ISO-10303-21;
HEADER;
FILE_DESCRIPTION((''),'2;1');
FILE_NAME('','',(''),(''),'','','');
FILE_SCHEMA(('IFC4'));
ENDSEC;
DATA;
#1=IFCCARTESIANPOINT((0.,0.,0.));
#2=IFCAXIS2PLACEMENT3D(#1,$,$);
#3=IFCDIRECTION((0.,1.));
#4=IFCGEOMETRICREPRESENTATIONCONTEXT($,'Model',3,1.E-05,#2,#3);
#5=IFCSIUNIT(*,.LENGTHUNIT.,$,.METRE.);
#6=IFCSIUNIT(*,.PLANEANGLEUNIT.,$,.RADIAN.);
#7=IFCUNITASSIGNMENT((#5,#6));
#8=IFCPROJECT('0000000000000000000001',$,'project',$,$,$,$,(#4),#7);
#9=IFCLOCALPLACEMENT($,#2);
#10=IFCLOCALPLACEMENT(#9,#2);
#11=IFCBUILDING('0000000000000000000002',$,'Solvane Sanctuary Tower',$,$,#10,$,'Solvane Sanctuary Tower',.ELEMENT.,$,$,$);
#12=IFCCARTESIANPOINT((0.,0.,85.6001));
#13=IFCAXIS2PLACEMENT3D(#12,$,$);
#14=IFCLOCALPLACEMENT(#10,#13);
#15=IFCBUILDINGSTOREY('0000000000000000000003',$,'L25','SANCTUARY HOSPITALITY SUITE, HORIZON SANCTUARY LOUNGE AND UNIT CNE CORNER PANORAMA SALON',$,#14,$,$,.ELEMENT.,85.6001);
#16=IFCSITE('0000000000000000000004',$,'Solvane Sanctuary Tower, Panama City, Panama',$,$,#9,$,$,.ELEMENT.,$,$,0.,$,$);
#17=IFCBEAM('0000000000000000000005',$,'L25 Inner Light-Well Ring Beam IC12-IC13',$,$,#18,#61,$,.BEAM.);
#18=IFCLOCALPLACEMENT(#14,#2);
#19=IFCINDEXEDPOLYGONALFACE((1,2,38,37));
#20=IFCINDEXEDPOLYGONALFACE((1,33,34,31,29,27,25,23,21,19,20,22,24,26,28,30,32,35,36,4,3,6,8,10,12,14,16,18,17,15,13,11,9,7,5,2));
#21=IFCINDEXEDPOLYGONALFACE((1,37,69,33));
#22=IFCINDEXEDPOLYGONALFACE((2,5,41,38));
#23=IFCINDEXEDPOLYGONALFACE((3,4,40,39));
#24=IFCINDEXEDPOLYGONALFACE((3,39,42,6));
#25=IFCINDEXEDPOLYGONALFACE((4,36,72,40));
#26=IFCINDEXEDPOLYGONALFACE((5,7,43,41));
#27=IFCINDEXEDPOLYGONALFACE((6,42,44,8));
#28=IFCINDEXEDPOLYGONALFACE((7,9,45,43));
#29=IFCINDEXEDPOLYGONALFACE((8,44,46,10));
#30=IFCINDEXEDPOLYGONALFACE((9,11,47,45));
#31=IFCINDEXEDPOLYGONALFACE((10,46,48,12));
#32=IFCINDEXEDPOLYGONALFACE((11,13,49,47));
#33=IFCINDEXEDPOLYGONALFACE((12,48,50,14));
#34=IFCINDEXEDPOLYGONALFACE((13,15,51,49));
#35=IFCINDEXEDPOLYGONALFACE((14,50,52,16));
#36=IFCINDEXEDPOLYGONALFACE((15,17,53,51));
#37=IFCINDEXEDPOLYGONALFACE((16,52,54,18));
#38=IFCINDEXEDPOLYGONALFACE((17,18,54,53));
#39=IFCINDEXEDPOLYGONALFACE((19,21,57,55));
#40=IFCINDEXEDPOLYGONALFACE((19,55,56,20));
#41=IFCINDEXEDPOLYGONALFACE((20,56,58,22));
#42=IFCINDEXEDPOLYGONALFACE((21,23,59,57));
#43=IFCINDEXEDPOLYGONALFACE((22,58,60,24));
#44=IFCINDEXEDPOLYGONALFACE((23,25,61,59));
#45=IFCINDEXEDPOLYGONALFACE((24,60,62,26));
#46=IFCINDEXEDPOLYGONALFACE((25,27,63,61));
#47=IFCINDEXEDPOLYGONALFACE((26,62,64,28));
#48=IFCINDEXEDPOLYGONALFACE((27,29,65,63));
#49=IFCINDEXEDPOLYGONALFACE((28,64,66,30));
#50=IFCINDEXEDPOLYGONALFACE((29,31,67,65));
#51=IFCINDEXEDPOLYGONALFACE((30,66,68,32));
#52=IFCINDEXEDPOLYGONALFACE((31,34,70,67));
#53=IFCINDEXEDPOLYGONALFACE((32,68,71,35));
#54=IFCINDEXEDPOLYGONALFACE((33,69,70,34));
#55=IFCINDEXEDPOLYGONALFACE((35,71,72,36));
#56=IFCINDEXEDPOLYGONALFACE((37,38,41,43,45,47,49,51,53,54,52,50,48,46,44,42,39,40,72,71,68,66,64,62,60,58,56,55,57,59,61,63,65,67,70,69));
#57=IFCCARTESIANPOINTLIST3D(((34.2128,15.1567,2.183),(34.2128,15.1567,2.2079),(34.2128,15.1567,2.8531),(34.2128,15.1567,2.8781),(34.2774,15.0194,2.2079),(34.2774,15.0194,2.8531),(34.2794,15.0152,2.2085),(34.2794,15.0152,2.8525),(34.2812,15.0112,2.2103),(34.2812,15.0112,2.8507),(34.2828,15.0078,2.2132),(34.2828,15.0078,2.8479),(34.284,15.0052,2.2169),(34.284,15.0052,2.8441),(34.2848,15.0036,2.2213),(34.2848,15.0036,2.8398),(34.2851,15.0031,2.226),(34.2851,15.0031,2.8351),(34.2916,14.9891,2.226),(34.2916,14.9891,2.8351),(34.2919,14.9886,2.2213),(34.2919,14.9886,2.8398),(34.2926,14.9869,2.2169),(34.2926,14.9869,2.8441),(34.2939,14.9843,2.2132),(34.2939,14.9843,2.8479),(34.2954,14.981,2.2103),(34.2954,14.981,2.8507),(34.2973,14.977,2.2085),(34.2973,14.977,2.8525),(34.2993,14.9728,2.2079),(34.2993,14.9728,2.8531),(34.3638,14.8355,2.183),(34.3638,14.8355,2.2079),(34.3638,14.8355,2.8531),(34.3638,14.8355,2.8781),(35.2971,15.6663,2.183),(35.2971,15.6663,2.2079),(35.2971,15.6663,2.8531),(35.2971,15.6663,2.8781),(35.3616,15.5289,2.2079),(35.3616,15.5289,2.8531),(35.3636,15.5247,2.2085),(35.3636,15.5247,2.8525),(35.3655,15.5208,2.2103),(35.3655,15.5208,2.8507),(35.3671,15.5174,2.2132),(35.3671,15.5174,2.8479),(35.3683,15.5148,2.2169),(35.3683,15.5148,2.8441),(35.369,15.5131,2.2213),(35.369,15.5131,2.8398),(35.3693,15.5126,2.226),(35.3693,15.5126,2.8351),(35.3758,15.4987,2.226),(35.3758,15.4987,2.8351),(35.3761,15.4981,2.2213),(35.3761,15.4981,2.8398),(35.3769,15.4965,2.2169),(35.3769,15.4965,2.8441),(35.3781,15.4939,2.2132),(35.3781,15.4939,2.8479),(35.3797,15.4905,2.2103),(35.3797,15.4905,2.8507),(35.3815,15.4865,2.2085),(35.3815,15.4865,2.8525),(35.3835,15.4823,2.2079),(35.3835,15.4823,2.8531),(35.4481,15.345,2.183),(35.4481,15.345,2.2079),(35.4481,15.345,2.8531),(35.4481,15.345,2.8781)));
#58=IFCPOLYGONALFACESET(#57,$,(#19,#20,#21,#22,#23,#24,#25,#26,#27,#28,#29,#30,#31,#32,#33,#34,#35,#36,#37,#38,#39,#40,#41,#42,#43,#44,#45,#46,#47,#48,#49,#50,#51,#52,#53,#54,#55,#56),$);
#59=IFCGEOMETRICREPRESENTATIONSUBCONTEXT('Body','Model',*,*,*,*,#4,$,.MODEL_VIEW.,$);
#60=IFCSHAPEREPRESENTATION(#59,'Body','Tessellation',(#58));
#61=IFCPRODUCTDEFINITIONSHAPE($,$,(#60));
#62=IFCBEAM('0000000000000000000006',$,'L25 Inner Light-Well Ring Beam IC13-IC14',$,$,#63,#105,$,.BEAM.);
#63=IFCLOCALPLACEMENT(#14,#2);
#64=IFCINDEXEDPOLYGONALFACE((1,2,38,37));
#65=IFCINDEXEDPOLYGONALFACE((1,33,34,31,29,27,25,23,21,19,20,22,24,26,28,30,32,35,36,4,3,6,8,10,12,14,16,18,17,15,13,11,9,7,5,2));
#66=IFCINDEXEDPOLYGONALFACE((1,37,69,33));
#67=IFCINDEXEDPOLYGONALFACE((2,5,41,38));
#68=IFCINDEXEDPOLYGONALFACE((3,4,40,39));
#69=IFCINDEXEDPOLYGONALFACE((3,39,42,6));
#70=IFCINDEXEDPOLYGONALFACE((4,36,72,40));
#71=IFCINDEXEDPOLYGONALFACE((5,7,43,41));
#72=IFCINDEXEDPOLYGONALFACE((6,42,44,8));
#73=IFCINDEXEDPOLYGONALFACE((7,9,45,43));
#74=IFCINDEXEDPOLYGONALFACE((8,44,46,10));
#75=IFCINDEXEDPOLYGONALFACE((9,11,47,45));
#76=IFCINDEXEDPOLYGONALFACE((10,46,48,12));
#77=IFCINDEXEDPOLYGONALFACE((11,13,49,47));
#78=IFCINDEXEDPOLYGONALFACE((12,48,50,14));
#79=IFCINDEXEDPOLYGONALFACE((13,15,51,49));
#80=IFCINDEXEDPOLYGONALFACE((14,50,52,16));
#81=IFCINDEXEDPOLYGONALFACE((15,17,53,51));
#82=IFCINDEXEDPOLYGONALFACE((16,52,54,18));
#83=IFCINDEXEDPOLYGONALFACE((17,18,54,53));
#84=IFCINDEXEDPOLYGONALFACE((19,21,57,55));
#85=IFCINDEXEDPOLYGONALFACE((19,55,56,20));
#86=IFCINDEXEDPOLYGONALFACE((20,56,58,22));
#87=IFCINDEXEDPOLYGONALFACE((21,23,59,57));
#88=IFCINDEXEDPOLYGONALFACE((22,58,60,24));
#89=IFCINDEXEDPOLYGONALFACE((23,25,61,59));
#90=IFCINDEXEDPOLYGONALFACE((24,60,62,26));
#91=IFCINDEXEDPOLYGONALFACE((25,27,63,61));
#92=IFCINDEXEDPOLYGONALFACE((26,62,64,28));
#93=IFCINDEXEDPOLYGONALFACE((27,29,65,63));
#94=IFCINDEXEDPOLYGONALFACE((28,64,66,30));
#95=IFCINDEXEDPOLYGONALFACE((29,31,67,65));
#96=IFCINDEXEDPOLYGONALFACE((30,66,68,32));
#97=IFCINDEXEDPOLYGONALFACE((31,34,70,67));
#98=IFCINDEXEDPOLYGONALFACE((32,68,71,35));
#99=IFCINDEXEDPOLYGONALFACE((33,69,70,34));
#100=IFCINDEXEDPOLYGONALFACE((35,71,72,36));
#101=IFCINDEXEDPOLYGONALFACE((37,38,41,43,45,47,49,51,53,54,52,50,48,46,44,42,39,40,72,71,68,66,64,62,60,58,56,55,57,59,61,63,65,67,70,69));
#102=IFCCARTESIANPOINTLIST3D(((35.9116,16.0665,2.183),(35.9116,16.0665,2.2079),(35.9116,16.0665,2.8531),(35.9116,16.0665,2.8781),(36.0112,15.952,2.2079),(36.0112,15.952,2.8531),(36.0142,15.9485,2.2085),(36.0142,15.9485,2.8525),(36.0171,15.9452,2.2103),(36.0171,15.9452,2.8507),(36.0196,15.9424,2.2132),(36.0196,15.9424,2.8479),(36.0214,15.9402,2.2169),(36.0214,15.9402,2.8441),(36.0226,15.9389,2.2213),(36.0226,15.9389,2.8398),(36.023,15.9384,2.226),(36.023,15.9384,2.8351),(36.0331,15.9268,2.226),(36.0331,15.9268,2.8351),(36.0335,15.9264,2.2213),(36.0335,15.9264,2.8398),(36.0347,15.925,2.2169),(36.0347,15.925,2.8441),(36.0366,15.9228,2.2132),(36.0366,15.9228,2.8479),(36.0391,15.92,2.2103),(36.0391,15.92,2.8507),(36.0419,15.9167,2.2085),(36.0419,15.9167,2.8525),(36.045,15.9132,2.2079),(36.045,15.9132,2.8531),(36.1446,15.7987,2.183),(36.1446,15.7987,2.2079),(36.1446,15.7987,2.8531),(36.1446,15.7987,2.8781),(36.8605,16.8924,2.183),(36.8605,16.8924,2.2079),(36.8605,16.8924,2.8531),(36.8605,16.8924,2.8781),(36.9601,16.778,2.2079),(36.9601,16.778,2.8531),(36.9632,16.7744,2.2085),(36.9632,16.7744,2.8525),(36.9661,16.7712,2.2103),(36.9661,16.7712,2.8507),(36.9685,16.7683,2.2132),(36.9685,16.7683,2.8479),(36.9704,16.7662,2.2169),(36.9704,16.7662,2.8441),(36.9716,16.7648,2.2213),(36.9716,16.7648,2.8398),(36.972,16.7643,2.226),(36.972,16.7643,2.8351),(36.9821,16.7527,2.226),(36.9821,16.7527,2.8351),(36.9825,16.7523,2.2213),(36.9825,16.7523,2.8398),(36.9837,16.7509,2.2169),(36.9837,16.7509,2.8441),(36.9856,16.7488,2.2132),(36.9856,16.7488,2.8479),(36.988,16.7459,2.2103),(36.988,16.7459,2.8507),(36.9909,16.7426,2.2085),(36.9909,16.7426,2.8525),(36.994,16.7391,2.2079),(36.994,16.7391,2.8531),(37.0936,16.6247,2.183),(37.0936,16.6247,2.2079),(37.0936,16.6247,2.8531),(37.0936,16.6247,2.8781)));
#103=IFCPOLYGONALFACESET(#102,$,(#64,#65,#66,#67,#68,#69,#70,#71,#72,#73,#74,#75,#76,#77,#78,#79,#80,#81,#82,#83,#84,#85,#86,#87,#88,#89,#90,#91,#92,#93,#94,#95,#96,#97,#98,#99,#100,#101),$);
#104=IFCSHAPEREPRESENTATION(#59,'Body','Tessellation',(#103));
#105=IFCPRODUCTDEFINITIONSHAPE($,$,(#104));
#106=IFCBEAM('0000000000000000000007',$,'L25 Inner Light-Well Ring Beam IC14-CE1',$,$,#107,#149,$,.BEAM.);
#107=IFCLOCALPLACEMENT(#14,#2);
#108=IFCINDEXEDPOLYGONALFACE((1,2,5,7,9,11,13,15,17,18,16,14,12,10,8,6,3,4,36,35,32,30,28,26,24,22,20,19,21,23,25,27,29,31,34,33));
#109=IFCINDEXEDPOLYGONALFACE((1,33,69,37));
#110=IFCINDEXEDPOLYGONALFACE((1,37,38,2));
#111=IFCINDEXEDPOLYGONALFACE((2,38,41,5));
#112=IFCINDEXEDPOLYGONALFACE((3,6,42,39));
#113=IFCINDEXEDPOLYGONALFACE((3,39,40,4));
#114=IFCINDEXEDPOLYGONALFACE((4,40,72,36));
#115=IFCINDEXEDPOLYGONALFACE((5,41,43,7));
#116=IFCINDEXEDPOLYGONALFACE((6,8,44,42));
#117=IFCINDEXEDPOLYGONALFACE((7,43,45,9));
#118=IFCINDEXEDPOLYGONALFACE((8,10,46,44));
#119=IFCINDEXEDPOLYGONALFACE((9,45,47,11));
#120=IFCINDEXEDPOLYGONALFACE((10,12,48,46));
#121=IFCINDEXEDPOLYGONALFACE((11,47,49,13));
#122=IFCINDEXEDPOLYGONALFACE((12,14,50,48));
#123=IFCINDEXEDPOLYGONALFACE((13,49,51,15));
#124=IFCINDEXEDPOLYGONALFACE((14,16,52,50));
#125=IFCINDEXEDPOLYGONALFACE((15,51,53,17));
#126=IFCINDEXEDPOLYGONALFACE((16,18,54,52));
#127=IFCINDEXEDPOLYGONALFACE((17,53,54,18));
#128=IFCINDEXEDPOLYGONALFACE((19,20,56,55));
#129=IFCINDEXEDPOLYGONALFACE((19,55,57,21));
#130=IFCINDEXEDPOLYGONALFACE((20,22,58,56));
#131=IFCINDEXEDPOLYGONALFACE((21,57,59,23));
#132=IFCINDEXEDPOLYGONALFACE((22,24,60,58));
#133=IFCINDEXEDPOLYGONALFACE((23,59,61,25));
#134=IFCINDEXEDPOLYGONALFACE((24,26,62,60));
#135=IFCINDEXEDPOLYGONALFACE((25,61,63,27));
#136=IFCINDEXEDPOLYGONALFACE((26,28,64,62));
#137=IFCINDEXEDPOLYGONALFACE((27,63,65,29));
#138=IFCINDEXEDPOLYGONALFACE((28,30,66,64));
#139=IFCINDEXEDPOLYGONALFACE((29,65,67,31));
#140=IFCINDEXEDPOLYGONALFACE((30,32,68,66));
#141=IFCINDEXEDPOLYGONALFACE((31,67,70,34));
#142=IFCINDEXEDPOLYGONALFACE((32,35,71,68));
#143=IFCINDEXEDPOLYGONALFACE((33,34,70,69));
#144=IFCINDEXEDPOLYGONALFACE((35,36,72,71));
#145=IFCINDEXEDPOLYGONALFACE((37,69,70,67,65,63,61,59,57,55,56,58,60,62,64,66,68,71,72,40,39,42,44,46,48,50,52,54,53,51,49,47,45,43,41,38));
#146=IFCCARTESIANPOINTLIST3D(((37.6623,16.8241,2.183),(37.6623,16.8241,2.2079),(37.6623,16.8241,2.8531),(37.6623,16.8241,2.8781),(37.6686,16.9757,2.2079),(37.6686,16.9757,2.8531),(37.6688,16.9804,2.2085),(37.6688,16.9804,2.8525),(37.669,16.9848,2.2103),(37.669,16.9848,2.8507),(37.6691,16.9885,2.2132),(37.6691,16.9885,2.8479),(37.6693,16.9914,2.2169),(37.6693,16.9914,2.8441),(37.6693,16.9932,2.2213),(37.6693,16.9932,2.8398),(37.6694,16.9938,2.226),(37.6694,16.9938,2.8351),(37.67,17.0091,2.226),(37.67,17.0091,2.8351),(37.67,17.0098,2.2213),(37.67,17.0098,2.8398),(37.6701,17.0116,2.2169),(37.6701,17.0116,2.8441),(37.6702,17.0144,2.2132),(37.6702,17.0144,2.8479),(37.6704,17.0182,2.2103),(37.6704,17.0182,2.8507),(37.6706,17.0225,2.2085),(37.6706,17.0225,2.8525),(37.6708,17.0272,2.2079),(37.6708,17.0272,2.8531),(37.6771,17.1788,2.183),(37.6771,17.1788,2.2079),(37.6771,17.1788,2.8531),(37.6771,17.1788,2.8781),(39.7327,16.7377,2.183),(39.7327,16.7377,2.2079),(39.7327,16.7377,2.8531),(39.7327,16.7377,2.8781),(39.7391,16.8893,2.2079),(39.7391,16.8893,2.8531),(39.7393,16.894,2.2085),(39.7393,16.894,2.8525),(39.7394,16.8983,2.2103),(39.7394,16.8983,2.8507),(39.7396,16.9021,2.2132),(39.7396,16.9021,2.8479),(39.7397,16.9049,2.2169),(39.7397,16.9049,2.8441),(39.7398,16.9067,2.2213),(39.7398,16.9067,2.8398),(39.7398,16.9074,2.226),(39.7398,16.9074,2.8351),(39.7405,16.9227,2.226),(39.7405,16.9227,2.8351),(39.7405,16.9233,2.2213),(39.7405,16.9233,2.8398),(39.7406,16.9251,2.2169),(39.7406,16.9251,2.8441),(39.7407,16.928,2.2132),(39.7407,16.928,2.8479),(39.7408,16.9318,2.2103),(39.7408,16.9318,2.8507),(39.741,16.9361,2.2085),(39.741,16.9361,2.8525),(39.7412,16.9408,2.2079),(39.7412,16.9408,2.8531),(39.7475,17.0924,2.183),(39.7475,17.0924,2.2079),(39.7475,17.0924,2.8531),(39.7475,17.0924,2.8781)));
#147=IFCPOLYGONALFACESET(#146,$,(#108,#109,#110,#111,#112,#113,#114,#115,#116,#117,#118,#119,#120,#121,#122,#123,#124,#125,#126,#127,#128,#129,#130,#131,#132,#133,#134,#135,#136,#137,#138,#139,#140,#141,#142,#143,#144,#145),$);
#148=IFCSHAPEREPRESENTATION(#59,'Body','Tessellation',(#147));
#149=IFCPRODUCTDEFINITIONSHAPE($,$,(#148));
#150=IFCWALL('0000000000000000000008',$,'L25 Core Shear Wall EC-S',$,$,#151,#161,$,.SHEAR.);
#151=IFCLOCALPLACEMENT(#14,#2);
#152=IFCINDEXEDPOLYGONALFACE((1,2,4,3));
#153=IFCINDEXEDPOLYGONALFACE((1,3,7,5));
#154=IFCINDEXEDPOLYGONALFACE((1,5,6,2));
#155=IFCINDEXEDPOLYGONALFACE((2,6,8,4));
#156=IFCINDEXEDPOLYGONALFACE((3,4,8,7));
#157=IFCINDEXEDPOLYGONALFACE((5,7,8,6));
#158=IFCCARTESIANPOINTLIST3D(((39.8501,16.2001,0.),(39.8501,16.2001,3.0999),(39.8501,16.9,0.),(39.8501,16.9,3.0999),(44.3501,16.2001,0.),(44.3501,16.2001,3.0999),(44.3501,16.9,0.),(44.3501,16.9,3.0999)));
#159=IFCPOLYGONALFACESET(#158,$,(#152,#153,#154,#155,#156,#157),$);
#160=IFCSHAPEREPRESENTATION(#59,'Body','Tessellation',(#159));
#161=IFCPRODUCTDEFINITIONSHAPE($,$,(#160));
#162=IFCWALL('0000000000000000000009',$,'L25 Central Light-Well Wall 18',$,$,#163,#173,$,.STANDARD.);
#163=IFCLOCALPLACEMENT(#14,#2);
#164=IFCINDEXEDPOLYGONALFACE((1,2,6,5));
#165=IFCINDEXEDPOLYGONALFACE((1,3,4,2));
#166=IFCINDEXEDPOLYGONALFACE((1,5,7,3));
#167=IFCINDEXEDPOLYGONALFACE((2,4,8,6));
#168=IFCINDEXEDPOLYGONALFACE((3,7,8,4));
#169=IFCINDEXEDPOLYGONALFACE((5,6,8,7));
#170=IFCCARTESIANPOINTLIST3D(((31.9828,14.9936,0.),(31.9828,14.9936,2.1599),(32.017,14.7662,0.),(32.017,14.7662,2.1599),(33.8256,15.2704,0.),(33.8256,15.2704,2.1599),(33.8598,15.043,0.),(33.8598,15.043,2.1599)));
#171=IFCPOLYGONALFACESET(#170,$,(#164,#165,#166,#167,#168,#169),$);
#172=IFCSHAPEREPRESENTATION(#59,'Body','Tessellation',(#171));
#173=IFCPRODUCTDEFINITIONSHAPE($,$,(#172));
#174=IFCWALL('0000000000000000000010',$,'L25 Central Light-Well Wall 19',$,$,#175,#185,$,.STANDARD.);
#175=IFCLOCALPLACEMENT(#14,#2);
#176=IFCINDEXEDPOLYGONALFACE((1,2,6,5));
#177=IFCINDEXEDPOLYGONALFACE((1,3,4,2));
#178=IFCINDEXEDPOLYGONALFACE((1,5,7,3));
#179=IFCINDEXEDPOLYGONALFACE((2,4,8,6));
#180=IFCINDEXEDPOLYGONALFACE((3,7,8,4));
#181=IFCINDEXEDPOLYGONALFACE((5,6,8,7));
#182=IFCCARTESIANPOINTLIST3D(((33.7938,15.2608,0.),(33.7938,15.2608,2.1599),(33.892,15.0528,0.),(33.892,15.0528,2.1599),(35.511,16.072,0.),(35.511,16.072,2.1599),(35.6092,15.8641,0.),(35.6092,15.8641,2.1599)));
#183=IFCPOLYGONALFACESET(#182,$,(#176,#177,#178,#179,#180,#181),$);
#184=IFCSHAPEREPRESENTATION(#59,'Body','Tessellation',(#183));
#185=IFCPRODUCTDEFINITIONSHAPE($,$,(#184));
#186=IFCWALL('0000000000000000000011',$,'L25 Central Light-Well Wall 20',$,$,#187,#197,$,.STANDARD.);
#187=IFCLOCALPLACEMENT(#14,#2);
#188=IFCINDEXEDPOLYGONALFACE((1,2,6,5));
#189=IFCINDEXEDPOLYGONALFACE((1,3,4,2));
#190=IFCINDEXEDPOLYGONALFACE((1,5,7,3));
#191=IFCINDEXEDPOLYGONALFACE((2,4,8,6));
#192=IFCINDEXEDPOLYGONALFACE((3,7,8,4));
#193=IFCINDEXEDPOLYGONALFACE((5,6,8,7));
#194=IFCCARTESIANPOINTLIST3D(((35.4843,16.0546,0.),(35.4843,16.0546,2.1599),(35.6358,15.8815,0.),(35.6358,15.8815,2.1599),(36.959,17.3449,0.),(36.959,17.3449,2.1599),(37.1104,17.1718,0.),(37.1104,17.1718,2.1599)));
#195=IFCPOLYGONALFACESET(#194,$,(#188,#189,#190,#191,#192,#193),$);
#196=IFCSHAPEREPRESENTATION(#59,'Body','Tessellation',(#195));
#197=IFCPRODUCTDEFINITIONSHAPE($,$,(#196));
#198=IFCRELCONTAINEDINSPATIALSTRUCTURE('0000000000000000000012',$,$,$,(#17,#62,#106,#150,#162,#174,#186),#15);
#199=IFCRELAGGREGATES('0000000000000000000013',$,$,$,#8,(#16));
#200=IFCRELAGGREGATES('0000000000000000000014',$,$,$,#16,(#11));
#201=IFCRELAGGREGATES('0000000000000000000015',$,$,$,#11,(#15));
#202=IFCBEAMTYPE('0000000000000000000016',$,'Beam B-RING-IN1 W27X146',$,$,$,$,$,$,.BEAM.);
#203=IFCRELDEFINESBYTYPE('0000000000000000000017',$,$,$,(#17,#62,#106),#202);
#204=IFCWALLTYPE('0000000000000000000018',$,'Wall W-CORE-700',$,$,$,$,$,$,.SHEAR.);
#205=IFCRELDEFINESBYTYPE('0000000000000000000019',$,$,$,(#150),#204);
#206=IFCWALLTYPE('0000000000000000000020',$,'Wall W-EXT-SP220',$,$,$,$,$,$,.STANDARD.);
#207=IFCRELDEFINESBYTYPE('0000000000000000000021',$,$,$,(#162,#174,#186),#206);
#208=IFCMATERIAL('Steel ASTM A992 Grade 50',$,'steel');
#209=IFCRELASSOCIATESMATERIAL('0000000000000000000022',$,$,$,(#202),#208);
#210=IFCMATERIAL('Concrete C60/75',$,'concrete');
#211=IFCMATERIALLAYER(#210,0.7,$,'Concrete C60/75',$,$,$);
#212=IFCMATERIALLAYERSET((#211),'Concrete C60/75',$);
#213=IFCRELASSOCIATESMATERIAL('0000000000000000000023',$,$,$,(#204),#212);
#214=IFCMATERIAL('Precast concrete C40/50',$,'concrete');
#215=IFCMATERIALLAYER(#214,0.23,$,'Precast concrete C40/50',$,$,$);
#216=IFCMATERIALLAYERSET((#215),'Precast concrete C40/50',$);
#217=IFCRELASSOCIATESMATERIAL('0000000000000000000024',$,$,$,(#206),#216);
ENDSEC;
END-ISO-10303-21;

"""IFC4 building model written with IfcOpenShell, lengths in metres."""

from ifc_helpers import new_model, si_unit, direction, frame, frame_2d, origin, origin_2d, place, context, subcontext, project, spatial, rectangle, i_section, extrude, material, layer, layer_set, material_profile, profile_set, type_object, element, save


model = new_model("IFC4")

# Units and contexts
model_context = context("Model", 3, precision=1e-05, world=origin(), true_north=direction((0.0, 1.0)))
body_context = subcontext(model_context, "Body", "Model", "MODEL_VIEW")
ifc_project = project(units=[si_unit("LENGTHUNIT", "METRE"), si_unit("PLANEANGLEUNIT", "RADIAN")], contexts=[model_context])

# Site, building, storey
site_placement = place(None, origin())
site = spatial("IfcSite", under=ifc_project, at=site_placement, Name="Solvane Sanctuary Tower, Panama City, Panama", CompositionType="ELEMENT", RefElevation=0.0)
building_placement = place(site_placement, origin())
building = spatial("IfcBuilding", under=site, at=building_placement, Name="Solvane Sanctuary Tower", LongName="Solvane Sanctuary Tower", CompositionType="ELEMENT")
storey_placement = place(building_placement, frame((0.0, 0.0, 85.6001)))
storey = spatial("IfcBuildingStorey", under=building, at=storey_placement, Name="L25", Description="SANCTUARY HOSPITALITY SUITE, HORIZON SANCTUARY LOUNGE AND UNIT CNE CORNER PANORAMA SALON", CompositionType="ELEMENT", Elevation=85.6001)

# Shared definitions
ifc_material_1 = material(Name="Concrete C60/75", Category="concrete")

# Beams
ifc_material_2 = material(Name="Steel ASTM A992 Grade 50", Category="steel")
ifc_material_profile_1 = material_profile(ifc_material_2, i_section(OverallWidth=0.355, OverallDepth=0.6951, WebThickness=0.0154, FlangeThickness=0.0249, FilletRadius=0.0181, at=origin_2d()), Name="W27X146")
ifc_profile_set_1 = profile_set([ifc_material_profile_1], Name="Steel ASTM A992 Grade 50")
beam_type_1 = type_object("IfcBeamType", Name="Beam B-RING-IN1 W27X146", PredefinedType="BEAM", material=ifc_profile_set_1)
beam_1_placement = place(storey_placement, frame((34.2883, 14.9961, 2.5305), z_axis=(0.905045, 0.425316, 0.0), x_axis=(-0.425316, 0.905045, 0.0)))
element("IfcBeam", 1, at=beam_1_placement, inside=storey, type_object=beam_type_1, Name="L25 Inner Light-Well Ring Beam IC12-IC13", PredefinedType="BEAM", context=body_context, shape_type="SweptSolid", body=[
    extrude(i_section(OverallWidth=0.355, OverallDepth=0.6951, WebThickness=0.0154, FlangeThickness=0.0249, FilletRadius=0.0181, at=origin_2d()), origin(), (0.0, 0.0, 1.0), 1.198),
])
beam_2_placement = place(storey_placement, frame((36.0281, 15.9326, 2.5305), z_axis=(0.754317, 0.65651, 0.0), x_axis=(-0.65651, 0.754317, 0.0)))
element("IfcBeam", 2, at=beam_2_placement, inside=storey, type_object=beam_type_1, Name="L25 Inner Light-Well Ring Beam IC13-IC14", PredefinedType="BEAM", context=body_context, shape_type="SweptSolid", body=[
    extrude(i_section(OverallWidth=0.355, OverallDepth=0.6951, WebThickness=0.0154, FlangeThickness=0.0249, FilletRadius=0.0181, at=origin_2d()), origin(), (0.0, 0.0, 1.0), 1.2581),
])
beam_3_placement = place(storey_placement, frame((37.6697, 17.0015, 2.5305), z_axis=(0.99913, -0.041704, 0.0), x_axis=(0.041704, 0.99913, 0.0)))
element("IfcBeam", 3, at=beam_3_placement, inside=storey, type_object=beam_type_1, Name="L25 Inner Light-Well Ring Beam IC14-CE1", PredefinedType="BEAM", context=body_context, shape_type="SweptSolid", body=[
    extrude(i_section(OverallWidth=0.355, OverallDepth=0.6951, WebThickness=0.0154, FlangeThickness=0.0249, FilletRadius=0.0181, at=origin_2d()), origin(), (0.0, 0.0, 1.0), 2.0723),
])

# Walls
ifc_layer_1 = layer(ifc_material_1, 0.7, Name="Concrete C60/75")
ifc_layer_set_1 = layer_set([ifc_layer_1], Name="Concrete C60/75")
wall_type_1 = type_object("IfcWallType", Name="Wall W-CORE-700", PredefinedType="SHEAR", material=ifc_layer_set_1)
wall_1_placement = place(storey_placement, frame((39.8501, 16.55, 0.0), z_axis=(0.0, 0.0, 1.0), x_axis=(1.0, 0.0, 0.0)))
element("IfcWall", 4, at=wall_1_placement, inside=storey, type_object=wall_type_1, Name="L25 Core Shear Wall EC-S", PredefinedType="SHEAR", context=body_context, shape_type="SweptSolid", body=[
    extrude(rectangle(XDim=4.5, YDim=0.7, at=frame_2d((2.25, 0.0))), origin(), (0.0, 0.0, 1.0), 3.0999),
])
ifc_material_3 = material(Name="Precast concrete C40/50", Category="concrete")
ifc_layer_2 = layer(ifc_material_3, 0.23, Name="Precast concrete C40/50")
ifc_layer_set_2 = layer_set([ifc_layer_2], Name="Precast concrete C40/50")
wall_type_2 = type_object("IfcWallType", Name="Wall W-EXT-SP220", PredefinedType="STANDARD", material=ifc_layer_set_2)
wall_2_placement = place(storey_placement, frame((32.0, 14.8799, 0.0), z_axis=(0.0, 0.0, 1.0), x_axis=(0.988902, 0.148571, 0.0)))
element("IfcWall", 5, at=wall_2_placement, inside=storey, type_object=wall_type_2, Name="L25 Central Light-Well Wall 18", PredefinedType="STANDARD", context=body_context, shape_type="SweptSolid", body=[
    extrude(rectangle(XDim=1.8635, YDim=0.23, at=frame_2d((0.9316, 0.0))), origin(), (0.0, 0.0, 1.0), 2.1599),
])
wall_3_placement = place(storey_placement, frame((33.8428, 15.1567, 0.0), z_axis=(0.0, 0.0, 1.0), x_axis=(0.90418, 0.427152, 0.0)))
element("IfcWall", 6, at=wall_3_placement, inside=storey, type_object=wall_type_2, Name="L25 Central Light-Well Wall 19", PredefinedType="STANDARD", context=body_context, shape_type="SweptSolid", body=[
    extrude(rectangle(XDim=1.8992, YDim=0.23, at=frame_2d((0.9497, 0.0))), origin(), (0.0, 0.0, 1.0), 2.1599),
])
wall_4_placement = place(storey_placement, frame((35.5601, 15.968, 0.0), z_axis=(0.0, 0.0, 1.0), x_axis=(0.752577, 0.658505, 0.0)))
element("IfcWall", 7, at=wall_4_placement, inside=storey, type_object=wall_type_2, Name="L25 Central Light-Well Wall 20", PredefinedType="STANDARD", context=body_context, shape_type="SweptSolid", body=[
    extrude(rectangle(XDim=1.9595, YDim=0.23, at=frame_2d((0.9797, 0.0))), origin(), (0.0, 0.0, 1.0), 2.1599),
])

save(model, "model.ifc")
